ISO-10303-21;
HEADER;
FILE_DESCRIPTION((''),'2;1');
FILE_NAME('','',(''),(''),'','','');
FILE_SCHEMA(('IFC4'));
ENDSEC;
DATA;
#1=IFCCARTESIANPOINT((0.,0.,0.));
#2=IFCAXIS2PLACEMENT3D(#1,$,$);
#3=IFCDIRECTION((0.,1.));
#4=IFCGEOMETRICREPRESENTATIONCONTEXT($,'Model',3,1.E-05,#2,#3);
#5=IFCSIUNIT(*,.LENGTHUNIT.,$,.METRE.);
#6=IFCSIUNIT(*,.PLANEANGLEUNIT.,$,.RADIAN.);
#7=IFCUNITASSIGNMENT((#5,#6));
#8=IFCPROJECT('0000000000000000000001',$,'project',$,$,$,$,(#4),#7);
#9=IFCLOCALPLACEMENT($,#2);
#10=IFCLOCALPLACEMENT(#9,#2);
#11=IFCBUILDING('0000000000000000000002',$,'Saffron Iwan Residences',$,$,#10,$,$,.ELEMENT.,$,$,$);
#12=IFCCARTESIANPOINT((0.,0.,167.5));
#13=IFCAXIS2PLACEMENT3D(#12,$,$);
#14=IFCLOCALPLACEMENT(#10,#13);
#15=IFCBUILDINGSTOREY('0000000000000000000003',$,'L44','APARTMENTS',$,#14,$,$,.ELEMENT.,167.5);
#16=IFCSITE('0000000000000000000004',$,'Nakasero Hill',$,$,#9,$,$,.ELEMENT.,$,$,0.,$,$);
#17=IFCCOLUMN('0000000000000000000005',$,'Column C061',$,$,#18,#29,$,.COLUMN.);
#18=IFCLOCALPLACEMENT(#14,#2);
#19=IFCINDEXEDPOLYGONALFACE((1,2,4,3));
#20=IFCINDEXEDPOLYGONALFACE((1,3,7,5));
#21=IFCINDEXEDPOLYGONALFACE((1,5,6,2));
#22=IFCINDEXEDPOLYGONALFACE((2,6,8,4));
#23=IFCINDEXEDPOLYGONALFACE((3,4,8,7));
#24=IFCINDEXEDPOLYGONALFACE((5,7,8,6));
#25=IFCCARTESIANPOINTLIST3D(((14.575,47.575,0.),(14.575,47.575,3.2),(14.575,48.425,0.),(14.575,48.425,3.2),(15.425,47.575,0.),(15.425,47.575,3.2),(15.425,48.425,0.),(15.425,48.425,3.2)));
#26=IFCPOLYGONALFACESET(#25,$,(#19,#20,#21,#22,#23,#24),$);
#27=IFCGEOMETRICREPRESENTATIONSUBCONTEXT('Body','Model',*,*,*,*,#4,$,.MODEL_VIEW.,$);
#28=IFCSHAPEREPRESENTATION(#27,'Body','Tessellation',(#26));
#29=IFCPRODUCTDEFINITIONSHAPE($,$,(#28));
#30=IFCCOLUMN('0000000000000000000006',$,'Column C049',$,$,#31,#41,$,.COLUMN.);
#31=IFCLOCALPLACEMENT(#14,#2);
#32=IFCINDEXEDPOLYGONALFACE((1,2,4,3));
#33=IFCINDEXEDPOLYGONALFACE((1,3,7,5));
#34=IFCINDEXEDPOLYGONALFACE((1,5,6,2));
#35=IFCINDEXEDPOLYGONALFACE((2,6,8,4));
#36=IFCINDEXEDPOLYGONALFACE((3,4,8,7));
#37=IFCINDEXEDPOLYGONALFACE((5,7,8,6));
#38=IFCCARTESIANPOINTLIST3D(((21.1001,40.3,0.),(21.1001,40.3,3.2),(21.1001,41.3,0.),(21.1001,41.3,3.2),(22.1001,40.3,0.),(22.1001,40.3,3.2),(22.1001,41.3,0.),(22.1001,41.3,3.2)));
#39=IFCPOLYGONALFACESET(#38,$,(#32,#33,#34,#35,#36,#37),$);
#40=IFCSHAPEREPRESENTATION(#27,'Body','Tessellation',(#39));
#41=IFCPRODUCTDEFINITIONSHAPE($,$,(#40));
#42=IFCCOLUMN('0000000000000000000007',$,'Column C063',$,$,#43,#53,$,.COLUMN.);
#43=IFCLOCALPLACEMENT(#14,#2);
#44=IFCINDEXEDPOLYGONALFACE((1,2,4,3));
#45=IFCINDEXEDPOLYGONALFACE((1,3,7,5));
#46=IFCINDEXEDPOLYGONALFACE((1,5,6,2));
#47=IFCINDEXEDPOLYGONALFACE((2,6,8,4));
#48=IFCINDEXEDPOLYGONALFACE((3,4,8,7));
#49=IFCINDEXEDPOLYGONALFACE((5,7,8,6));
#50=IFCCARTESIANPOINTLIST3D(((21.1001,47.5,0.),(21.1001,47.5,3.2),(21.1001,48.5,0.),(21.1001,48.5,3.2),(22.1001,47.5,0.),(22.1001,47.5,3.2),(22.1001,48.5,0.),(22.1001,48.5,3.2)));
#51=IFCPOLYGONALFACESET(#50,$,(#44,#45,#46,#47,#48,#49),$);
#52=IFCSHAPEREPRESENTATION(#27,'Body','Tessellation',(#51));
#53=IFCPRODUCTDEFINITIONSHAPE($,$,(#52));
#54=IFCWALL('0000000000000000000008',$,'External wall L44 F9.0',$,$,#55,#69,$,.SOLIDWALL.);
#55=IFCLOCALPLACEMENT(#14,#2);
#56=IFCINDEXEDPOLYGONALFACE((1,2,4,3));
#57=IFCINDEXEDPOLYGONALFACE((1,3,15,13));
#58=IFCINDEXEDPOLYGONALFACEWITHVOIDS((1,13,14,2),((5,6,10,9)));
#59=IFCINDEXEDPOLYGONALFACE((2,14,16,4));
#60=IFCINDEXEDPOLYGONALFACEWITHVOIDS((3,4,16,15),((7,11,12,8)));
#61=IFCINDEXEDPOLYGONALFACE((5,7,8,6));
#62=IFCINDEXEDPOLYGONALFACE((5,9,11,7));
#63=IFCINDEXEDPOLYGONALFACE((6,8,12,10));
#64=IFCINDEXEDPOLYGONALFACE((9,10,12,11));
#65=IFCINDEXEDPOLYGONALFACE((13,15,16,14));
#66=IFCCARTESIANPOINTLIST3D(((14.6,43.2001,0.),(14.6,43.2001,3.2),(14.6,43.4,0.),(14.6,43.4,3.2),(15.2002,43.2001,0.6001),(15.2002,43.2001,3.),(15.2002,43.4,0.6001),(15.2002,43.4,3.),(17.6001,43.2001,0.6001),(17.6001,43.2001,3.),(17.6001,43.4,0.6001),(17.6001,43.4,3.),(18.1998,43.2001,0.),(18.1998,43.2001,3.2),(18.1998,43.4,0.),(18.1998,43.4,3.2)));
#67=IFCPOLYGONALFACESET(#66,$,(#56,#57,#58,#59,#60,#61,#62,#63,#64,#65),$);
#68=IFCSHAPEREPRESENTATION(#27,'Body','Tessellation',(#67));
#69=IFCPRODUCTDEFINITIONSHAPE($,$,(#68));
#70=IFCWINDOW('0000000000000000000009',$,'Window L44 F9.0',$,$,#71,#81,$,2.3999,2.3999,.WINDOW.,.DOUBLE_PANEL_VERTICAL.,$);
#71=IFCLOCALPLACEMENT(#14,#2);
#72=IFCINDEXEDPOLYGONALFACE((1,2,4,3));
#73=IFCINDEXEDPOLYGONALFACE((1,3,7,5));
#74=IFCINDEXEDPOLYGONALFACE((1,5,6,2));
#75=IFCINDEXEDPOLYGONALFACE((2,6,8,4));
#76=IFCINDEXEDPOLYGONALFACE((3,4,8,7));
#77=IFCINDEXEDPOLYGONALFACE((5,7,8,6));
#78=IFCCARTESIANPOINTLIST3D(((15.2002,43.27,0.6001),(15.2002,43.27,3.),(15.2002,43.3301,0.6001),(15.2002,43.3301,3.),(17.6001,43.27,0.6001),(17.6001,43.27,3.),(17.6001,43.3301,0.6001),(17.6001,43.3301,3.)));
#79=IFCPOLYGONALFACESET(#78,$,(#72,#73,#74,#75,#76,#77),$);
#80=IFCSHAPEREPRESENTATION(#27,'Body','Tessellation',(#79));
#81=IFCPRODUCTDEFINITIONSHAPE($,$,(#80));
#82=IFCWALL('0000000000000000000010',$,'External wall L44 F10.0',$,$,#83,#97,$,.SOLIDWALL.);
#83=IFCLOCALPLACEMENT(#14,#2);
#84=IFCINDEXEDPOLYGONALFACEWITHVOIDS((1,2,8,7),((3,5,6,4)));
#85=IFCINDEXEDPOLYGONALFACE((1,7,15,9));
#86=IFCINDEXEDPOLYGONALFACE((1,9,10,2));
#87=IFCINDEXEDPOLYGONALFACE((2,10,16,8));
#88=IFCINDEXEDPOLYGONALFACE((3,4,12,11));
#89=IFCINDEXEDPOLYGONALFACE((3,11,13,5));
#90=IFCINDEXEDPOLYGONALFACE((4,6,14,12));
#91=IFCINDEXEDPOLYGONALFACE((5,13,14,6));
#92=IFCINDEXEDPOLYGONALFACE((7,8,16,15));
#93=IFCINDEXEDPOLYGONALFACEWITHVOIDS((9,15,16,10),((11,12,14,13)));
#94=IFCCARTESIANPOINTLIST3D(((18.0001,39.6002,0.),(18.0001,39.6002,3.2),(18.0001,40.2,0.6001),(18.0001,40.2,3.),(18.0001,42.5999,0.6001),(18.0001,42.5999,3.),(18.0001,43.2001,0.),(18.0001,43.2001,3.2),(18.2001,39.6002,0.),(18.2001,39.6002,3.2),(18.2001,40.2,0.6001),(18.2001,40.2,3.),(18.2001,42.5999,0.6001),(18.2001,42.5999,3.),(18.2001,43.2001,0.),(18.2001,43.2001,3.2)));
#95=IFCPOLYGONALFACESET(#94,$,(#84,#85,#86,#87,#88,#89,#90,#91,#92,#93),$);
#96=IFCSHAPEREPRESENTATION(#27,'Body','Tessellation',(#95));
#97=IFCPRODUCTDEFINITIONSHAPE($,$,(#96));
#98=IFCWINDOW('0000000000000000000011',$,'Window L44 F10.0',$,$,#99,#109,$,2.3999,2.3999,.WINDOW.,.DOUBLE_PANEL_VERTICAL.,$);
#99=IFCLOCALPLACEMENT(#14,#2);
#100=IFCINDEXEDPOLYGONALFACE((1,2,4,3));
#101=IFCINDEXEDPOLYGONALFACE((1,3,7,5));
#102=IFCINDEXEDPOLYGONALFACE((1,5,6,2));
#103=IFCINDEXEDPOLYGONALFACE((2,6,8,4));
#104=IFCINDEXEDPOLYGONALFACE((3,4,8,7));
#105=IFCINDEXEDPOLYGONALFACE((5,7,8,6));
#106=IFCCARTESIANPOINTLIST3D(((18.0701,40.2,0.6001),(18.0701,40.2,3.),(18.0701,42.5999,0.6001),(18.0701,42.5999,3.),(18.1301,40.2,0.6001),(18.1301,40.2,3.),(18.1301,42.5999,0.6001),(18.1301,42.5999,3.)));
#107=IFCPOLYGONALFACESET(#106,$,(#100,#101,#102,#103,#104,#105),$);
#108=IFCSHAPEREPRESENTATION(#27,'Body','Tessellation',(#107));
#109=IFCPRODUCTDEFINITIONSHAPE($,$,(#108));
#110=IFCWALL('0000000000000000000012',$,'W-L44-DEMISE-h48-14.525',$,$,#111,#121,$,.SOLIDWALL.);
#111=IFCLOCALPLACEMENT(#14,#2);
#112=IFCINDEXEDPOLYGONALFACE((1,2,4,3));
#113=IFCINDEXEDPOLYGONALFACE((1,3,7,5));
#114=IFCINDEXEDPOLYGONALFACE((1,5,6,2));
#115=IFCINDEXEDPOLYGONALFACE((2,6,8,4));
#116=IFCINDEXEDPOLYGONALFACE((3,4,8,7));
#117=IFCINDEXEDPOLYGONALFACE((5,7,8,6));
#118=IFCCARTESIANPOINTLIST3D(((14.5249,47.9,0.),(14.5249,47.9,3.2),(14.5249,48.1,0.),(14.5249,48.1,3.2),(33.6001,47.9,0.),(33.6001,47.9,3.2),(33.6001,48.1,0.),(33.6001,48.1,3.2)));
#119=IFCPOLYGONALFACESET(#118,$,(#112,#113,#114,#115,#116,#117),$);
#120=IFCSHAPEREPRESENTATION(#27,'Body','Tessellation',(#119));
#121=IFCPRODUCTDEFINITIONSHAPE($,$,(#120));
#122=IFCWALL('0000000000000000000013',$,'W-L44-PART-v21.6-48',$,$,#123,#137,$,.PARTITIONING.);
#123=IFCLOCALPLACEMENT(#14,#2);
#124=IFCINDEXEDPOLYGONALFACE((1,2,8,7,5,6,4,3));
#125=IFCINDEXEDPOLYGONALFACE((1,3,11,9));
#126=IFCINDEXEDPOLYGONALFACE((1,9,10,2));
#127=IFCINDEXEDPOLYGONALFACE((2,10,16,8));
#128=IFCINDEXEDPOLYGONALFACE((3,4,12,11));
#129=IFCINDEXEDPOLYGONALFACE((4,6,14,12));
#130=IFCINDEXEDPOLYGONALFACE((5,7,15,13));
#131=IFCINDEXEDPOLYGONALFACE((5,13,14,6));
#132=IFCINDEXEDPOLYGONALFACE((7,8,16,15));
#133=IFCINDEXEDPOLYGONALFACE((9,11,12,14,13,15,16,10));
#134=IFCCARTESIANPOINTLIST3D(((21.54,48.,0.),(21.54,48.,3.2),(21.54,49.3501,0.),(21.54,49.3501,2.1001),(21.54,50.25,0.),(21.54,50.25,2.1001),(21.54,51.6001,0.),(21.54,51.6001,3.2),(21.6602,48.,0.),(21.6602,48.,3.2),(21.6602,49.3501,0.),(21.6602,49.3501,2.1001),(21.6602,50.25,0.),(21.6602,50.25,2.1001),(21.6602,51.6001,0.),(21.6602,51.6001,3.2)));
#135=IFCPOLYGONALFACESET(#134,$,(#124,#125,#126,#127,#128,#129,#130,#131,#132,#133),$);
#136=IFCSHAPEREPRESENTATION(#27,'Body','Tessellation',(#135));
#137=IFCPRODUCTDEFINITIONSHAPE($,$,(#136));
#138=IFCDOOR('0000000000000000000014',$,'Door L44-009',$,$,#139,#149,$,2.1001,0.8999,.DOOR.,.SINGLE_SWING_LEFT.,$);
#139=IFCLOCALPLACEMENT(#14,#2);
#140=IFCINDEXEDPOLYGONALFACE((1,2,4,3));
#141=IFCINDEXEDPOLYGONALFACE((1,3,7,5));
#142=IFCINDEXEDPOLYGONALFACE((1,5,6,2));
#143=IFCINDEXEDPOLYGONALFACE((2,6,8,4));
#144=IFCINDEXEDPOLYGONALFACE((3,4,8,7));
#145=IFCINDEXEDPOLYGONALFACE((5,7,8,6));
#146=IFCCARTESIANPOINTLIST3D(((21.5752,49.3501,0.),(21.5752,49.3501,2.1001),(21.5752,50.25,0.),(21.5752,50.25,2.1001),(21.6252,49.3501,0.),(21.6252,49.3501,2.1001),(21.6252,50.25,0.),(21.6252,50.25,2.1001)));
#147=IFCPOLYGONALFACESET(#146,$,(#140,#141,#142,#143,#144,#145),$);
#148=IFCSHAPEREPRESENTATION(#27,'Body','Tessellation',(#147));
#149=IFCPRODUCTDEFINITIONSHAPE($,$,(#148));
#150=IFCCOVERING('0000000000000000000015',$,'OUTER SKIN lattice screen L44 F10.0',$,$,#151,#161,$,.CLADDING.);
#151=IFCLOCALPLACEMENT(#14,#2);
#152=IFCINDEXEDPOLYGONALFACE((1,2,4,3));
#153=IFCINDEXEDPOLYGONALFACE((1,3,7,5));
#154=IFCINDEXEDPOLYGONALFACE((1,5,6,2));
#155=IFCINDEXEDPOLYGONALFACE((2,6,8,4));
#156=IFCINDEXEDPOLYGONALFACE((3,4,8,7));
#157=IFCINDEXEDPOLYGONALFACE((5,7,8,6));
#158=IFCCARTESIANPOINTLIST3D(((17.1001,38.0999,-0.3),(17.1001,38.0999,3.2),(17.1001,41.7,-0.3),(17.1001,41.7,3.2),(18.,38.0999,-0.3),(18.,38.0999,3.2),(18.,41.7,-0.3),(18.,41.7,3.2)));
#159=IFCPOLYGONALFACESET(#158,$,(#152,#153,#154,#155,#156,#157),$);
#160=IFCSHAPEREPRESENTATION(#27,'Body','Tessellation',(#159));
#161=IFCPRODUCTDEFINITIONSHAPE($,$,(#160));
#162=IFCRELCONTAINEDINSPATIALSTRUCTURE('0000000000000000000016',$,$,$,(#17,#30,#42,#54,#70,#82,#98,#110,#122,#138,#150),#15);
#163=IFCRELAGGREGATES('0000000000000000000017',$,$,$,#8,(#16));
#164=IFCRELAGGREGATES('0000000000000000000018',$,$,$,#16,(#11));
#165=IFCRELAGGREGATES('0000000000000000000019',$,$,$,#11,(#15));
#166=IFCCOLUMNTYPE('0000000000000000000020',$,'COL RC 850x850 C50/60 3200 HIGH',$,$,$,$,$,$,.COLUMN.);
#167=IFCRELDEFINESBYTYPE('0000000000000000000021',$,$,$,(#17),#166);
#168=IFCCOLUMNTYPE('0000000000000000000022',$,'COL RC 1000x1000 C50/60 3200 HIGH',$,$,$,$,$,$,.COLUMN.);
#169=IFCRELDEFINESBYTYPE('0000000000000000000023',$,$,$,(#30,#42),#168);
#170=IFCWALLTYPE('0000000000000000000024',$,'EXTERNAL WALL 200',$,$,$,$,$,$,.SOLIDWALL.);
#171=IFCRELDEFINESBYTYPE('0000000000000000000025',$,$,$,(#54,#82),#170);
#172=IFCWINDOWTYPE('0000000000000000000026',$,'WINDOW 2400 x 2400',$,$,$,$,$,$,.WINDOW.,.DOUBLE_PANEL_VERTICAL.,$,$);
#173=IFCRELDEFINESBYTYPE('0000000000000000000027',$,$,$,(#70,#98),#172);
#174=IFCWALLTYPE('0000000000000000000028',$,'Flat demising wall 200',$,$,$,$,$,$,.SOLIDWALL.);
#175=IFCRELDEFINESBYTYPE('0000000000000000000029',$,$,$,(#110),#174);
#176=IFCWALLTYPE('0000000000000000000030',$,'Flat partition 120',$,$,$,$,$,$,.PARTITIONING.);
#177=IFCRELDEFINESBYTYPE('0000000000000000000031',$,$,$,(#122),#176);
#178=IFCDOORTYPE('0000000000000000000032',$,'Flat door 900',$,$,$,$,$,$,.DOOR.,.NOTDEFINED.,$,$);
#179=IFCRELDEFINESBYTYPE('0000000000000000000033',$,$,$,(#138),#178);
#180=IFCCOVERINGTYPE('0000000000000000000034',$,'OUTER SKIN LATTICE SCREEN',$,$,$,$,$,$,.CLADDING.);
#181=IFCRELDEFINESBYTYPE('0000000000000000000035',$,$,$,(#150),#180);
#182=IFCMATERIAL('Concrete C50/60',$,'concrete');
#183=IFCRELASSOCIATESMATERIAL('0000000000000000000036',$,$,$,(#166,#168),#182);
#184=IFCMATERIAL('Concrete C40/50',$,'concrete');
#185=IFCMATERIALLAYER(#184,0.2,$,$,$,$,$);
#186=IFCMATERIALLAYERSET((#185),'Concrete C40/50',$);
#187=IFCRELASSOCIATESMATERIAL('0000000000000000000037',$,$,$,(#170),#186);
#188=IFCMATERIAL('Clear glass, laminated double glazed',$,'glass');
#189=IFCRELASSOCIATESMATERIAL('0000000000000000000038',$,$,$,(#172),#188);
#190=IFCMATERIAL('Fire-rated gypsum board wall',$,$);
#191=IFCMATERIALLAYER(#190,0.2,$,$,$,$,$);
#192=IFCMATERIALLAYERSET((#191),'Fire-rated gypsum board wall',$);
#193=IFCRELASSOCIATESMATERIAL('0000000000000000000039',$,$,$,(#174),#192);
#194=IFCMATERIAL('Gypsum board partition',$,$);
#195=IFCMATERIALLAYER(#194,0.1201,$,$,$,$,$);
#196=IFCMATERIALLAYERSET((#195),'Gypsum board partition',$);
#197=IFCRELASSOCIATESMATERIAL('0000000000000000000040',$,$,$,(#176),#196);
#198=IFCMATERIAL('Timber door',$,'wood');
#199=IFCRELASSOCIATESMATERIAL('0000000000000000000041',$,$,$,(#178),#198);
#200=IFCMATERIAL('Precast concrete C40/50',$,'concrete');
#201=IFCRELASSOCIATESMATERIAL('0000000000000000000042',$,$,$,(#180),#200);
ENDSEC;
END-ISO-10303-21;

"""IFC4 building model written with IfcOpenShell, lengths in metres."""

from ifc_helpers import new_model, si_unit, direction, frame, frame_2d, origin, origin_2d, place, context, subcontext, project, spatial, polyline, rectangle, outline, extrude, source, transform, mapped, material, layer, layer_set, material_profile, profile_set, type_object, element, fill, save


model = new_model("IFC4")

# Units and contexts
model_context = context("Model", 3, precision=1e-05, world=origin(), true_north=direction((0.0, 1.0)))
body_context = subcontext(model_context, "Body", "Model", "MODEL_VIEW")
ifc_project = project(units=[si_unit("LENGTHUNIT", "METRE"), si_unit("PLANEANGLEUNIT", "RADIAN")], contexts=[model_context])

# Site, building, storey
site_placement = place(None, origin())
site = spatial("IfcSite", under=ifc_project, at=site_placement, Name="Nakasero Hill", CompositionType="ELEMENT", RefElevation=0.0)
building_placement = place(site_placement, origin())
building = spatial("IfcBuilding", under=site, at=building_placement, Name="Saffron Iwan Residences", CompositionType="ELEMENT")
storey_placement = place(building_placement, frame((0.0, 0.0, 167.5)))
storey = spatial("IfcBuildingStorey", under=building, at=storey_placement, Name="L44", Description="APARTMENTS", CompositionType="ELEMENT", Elevation=167.5)

# Columns
ifc_material_1 = material(Name="Concrete C50/60", Category="concrete")
ifc_material_profile_1 = material_profile(ifc_material_1, rectangle(XDim=0.8501, YDim=0.8501, at=origin_2d()), Name="RC 850x850")
ifc_profile_set_1 = profile_set([ifc_material_profile_1], Name="Concrete C50/60")
column_type_1 = type_object("IfcColumnType", Name="COL RC 850x850 C50/60 3200 HIGH", PredefinedType="COLUMN", material=ifc_profile_set_1)
shared_shape_1 = source(origin(), body_context, "Body", "SweptSolid", [
    extrude(rectangle(XDim=0.8501, YDim=0.8501, at=origin_2d()), origin(), (0.0, 0.0, 1.0), 3.2),
])
column_placement = place(storey_placement, frame((15.0, 48.0, 0.0), z_axis=(0.0, 0.0, 1.0), x_axis=(1.0, 0.0, 0.0)))
element("IfcColumn", 1, at=column_placement, inside=storey, type_object=column_type_1, Name="Column C061", PredefinedType="COLUMN", context=body_context, shape_type="MappedRepresentation", body=[
    mapped(shared_shape_1, transform((0.0, 0.0, 0.0))),
])
ifc_material_profile_2 = material_profile(ifc_material_1, rectangle(XDim=1.0, YDim=1.0, at=origin_2d()), Name="RC 1000x1000")
ifc_profile_set_2 = profile_set([ifc_material_profile_2], Name="Concrete C50/60")
column_type_2 = type_object("IfcColumnType", Name="COL RC 1000x1000 C50/60 3200 HIGH", PredefinedType="COLUMN", material=ifc_profile_set_2)
shared_shape_2 = source(origin(), body_context, "Body", "SweptSolid", [
    extrude(rectangle(XDim=1.0, YDim=1.0, at=origin_2d()), origin(), (0.0, 0.0, 1.0), 3.2),
])
for number, where, z_axis, x_axis, name in (
    (2, (21.6001, 40.8, 0.0), (0.0, 0.0, 1.0), (1.0, 0.0, 0.0), "Column C049"),
    (3, (21.6001, 48.0, 0.0), (0.0, 0.0, 1.0), (1.0, 0.0, 0.0), "Column C063"),
):
    element("IfcColumn", number, at=place(storey_placement, frame(where, z_axis=z_axis, x_axis=x_axis)), inside=storey, type_object=column_type_2, Name=name, PredefinedType="COLUMN", context=body_context, shape_type="MappedRepresentation", body=[
        mapped(shared_shape_2, transform((0.0, 0.0, 0.0))),
    ])

# Walls, openings, windows
ifc_material_2 = material(Name="Concrete C40/50", Category="concrete")
ifc_layer_1 = layer(ifc_material_2, 0.2)
ifc_layer_set_1 = layer_set([ifc_layer_1], Name="Concrete C40/50")
wall_type_1 = type_object("IfcWallType", Name="EXTERNAL WALL 200", PredefinedType="SOLIDWALL", material=ifc_layer_set_1)
wall_1_placement = place(storey_placement, frame((14.6001, 43.3, 0.0), z_axis=(0.0, 0.0, 1.0), x_axis=(1.0, 0.0, 0.0)))
wall_1 = element("IfcWall", 4, at=wall_1_placement, inside=storey, type_object=wall_type_1, Name="External wall L44 F9.0", PredefinedType="SOLIDWALL", context=body_context, shape_type="SweptSolid", body=[
    extrude(rectangle(XDim=3.5999, YDim=0.2, at=frame_2d((1.7998, 0.0))), origin(), (0.0, 0.0, 1.0), 3.2),
])
opening_1_placement = place(wall_1_placement, frame((0.6001, 0.0, 0.6001)))
opening_1 = element("IfcOpeningElement", 5, at=opening_1_placement, cuts=wall_1, PredefinedType="OPENING", context=body_context, shape_type="SweptSolid", body=[
    extrude(rectangle(XDim=2.3999, YDim=2.3999, at=frame_2d((1.2, 1.2))), frame((0.0, 0.1099, 0.0), z_axis=(0.0, -1.0, 0.0), x_axis=(1.0, 0.0, 0.0)), (0.0, 0.0, 1.0), 0.22),
])
ifc_material_3 = material(Name="Clear glass, laminated double glazed", Category="glass")
window_type = type_object("IfcWindowType", Name="WINDOW 2400 x 2400", PartitioningType="DOUBLE_PANEL_VERTICAL", PredefinedType="WINDOW", material=ifc_material_3)
window_1_placement = place(opening_1_placement, origin())
window_1 = element("IfcWindow", 6, at=window_1_placement, inside=storey, type_object=window_type, Name="Window L44 F9.0", OverallHeight=2.3999, OverallWidth=2.3999, PartitioningType="DOUBLE_PANEL_VERTICAL", PredefinedType="WINDOW", context=body_context, shape_type="SweptSolid", body=[
    extrude(rectangle(XDim=2.3999, YDim=2.3999, at=frame_2d((1.2, 1.2))), frame((0.0, 0.03, 0.0), z_axis=(0.0, -1.0, 0.0), x_axis=(1.0, 0.0, 0.0)), (0.0, 0.0, 1.0), 0.0601),
])
fill(opening_1, window_1)
wall_2_placement = place(storey_placement, frame((18.1001, 43.2, 0.0), z_axis=(0.0, 0.0, 1.0), x_axis=(0.0, -1.0, 0.0)))
wall_2 = element("IfcWall", 7, at=wall_2_placement, inside=storey, type_object=wall_type_1, Name="External wall L44 F10.0", PredefinedType="SOLIDWALL", context=body_context, shape_type="SweptSolid", body=[
    extrude(rectangle(XDim=3.5999, YDim=0.2, at=frame_2d((1.7998, 0.0))), origin(), (0.0, 0.0, 1.0), 3.2),
])
opening_2_placement = place(wall_2_placement, frame((0.6001, 0.0, 0.6001)))
opening_2 = element("IfcOpeningElement", 8, at=opening_2_placement, cuts=wall_2, PredefinedType="OPENING", context=body_context, shape_type="SweptSolid", body=[
    extrude(rectangle(XDim=2.3999, YDim=2.3999, at=frame_2d((1.2, 1.2))), frame((0.0, 0.1099, 0.0), z_axis=(0.0, -1.0, 0.0), x_axis=(1.0, 0.0, 0.0)), (0.0, 0.0, 1.0), 0.22),
])
window_2_placement = place(opening_2_placement, origin())
window_2 = element("IfcWindow", 9, at=window_2_placement, inside=storey, type_object=window_type, Name="Window L44 F10.0", OverallHeight=2.3999, OverallWidth=2.3999, PartitioningType="DOUBLE_PANEL_VERTICAL", PredefinedType="WINDOW", context=body_context, shape_type="SweptSolid", body=[
    extrude(rectangle(XDim=2.3999, YDim=2.3999, at=frame_2d((1.2, 1.2))), frame((0.0, 0.03, 0.0), z_axis=(0.0, -1.0, 0.0), x_axis=(1.0, 0.0, 0.0)), (0.0, 0.0, 1.0), 0.0601),
])
fill(opening_2, window_2)

# Wall
ifc_material_4 = material(Name="Fire-rated gypsum board wall")
ifc_layer_2 = layer(ifc_material_4, 0.2)
ifc_layer_set_2 = layer_set([ifc_layer_2], Name="Fire-rated gypsum board wall")
wall_type_2 = type_object("IfcWallType", Name="Flat demising wall 200", PredefinedType="SOLIDWALL", material=ifc_layer_set_2)
wall_3_placement = place(storey_placement, frame((14.5249, 48.0, 0.0), z_axis=(0.0, 0.0, 1.0), x_axis=(1.0, 0.0, 0.0)))
element("IfcWall", 10, at=wall_3_placement, inside=storey, type_object=wall_type_2, Name="W-L44-DEMISE-h48-14.525", PredefinedType="SOLIDWALL", context=body_context, shape_type="SweptSolid", body=[
    extrude(rectangle(XDim=19.0752, YDim=0.2, at=frame_2d((9.5376, 0.0))), origin(), (0.0, 0.0, 1.0), 3.2),
])

# Wall, opening, door
ifc_material_5 = material(Name="Gypsum board partition")
ifc_layer_3 = layer(ifc_material_5, 0.1201)
ifc_layer_set_3 = layer_set([ifc_layer_3], Name="Gypsum board partition")
wall_type_3 = type_object("IfcWallType", Name="Flat partition 120", PredefinedType="PARTITIONING", material=ifc_layer_set_3)
wall_4_placement = place(storey_placement, frame((21.6001, 48.0, 0.0), z_axis=(0.0, 0.0, 1.0), x_axis=(0.0, 1.0, 0.0)))
wall_4 = element("IfcWall", 11, at=wall_4_placement, inside=storey, type_object=wall_type_3, Name="W-L44-PART-v21.6-48", PredefinedType="PARTITIONING", context=body_context, shape_type="SweptSolid", body=[
    extrude(rectangle(XDim=3.6001, YDim=0.1201, at=frame_2d((1.8, 0.0))), origin(), (0.0, 0.0, 1.0), 3.2),
])
opening_3_placement = place(wall_4_placement, frame((1.3501, 0.0, 0.0)))
opening_3 = element("IfcOpeningElement", 12, at=opening_3_placement, cuts=wall_4, PredefinedType="OPENING", context=body_context, shape_type="SweptSolid", body=[
    extrude(rectangle(XDim=0.8999, YDim=2.1001, at=frame_2d((0.45, 1.05))), frame((0.0, 0.0701, 0.0), z_axis=(0.0, -1.0, 0.0), x_axis=(1.0, 0.0, 0.0)), (0.0, 0.0, 1.0), 0.1401),
])
ifc_material_6 = material(Name="Timber door", Category="wood")
door_type = type_object("IfcDoorType", Name="Flat door 900", OperationType="NOTDEFINED", PredefinedType="DOOR", material=ifc_material_6)
door_placement = place(opening_3_placement, origin())
door = element("IfcDoor", 13, at=door_placement, inside=storey, type_object=door_type, Name="Door L44-009", OperationType="SINGLE_SWING_LEFT", OverallHeight=2.1001, OverallWidth=0.8999, PredefinedType="DOOR", context=body_context, shape_type="SweptSolid", body=[
    extrude(rectangle(XDim=0.8999, YDim=2.1001, at=frame_2d((0.45, 1.05))), frame((0.0, 0.0249, 0.0), z_axis=(0.0, -1.0, 0.0), x_axis=(1.0, 0.0, 0.0)), (0.0, 0.0, 1.0), 0.05),
])
fill(opening_3, door)

# Covering
ifc_material_7 = material(Name="Precast concrete C40/50", Category="concrete")
covering_type_1 = type_object("IfcCoveringType", Name="OUTER SKIN LATTICE SCREEN", PredefinedType="CLADDING", material=ifc_material_7)
covering_placement = place(storey_placement, frame((18.0, 41.7, -0.3), z_axis=(-1.0, 0.0, 0.0), x_axis=(0.0, -1.0, 0.0)))
element("IfcCovering", 14, at=covering_placement, inside=storey, type_object=covering_type_1, Name="OUTER SKIN lattice screen L44 F10.0", PredefinedType="CLADDING", context=body_context, shape_type="SweptSolid", body=[
    extrude(outline(polyline([(0.0, 0.0), (3.6001, 0.0), (3.6001, 3.5), (0.0, 3.5), (0.0, 0.0)])), origin(), (0.0, 0.0, 1.0), 0.8999),
])

save(model, "model.ifc")
